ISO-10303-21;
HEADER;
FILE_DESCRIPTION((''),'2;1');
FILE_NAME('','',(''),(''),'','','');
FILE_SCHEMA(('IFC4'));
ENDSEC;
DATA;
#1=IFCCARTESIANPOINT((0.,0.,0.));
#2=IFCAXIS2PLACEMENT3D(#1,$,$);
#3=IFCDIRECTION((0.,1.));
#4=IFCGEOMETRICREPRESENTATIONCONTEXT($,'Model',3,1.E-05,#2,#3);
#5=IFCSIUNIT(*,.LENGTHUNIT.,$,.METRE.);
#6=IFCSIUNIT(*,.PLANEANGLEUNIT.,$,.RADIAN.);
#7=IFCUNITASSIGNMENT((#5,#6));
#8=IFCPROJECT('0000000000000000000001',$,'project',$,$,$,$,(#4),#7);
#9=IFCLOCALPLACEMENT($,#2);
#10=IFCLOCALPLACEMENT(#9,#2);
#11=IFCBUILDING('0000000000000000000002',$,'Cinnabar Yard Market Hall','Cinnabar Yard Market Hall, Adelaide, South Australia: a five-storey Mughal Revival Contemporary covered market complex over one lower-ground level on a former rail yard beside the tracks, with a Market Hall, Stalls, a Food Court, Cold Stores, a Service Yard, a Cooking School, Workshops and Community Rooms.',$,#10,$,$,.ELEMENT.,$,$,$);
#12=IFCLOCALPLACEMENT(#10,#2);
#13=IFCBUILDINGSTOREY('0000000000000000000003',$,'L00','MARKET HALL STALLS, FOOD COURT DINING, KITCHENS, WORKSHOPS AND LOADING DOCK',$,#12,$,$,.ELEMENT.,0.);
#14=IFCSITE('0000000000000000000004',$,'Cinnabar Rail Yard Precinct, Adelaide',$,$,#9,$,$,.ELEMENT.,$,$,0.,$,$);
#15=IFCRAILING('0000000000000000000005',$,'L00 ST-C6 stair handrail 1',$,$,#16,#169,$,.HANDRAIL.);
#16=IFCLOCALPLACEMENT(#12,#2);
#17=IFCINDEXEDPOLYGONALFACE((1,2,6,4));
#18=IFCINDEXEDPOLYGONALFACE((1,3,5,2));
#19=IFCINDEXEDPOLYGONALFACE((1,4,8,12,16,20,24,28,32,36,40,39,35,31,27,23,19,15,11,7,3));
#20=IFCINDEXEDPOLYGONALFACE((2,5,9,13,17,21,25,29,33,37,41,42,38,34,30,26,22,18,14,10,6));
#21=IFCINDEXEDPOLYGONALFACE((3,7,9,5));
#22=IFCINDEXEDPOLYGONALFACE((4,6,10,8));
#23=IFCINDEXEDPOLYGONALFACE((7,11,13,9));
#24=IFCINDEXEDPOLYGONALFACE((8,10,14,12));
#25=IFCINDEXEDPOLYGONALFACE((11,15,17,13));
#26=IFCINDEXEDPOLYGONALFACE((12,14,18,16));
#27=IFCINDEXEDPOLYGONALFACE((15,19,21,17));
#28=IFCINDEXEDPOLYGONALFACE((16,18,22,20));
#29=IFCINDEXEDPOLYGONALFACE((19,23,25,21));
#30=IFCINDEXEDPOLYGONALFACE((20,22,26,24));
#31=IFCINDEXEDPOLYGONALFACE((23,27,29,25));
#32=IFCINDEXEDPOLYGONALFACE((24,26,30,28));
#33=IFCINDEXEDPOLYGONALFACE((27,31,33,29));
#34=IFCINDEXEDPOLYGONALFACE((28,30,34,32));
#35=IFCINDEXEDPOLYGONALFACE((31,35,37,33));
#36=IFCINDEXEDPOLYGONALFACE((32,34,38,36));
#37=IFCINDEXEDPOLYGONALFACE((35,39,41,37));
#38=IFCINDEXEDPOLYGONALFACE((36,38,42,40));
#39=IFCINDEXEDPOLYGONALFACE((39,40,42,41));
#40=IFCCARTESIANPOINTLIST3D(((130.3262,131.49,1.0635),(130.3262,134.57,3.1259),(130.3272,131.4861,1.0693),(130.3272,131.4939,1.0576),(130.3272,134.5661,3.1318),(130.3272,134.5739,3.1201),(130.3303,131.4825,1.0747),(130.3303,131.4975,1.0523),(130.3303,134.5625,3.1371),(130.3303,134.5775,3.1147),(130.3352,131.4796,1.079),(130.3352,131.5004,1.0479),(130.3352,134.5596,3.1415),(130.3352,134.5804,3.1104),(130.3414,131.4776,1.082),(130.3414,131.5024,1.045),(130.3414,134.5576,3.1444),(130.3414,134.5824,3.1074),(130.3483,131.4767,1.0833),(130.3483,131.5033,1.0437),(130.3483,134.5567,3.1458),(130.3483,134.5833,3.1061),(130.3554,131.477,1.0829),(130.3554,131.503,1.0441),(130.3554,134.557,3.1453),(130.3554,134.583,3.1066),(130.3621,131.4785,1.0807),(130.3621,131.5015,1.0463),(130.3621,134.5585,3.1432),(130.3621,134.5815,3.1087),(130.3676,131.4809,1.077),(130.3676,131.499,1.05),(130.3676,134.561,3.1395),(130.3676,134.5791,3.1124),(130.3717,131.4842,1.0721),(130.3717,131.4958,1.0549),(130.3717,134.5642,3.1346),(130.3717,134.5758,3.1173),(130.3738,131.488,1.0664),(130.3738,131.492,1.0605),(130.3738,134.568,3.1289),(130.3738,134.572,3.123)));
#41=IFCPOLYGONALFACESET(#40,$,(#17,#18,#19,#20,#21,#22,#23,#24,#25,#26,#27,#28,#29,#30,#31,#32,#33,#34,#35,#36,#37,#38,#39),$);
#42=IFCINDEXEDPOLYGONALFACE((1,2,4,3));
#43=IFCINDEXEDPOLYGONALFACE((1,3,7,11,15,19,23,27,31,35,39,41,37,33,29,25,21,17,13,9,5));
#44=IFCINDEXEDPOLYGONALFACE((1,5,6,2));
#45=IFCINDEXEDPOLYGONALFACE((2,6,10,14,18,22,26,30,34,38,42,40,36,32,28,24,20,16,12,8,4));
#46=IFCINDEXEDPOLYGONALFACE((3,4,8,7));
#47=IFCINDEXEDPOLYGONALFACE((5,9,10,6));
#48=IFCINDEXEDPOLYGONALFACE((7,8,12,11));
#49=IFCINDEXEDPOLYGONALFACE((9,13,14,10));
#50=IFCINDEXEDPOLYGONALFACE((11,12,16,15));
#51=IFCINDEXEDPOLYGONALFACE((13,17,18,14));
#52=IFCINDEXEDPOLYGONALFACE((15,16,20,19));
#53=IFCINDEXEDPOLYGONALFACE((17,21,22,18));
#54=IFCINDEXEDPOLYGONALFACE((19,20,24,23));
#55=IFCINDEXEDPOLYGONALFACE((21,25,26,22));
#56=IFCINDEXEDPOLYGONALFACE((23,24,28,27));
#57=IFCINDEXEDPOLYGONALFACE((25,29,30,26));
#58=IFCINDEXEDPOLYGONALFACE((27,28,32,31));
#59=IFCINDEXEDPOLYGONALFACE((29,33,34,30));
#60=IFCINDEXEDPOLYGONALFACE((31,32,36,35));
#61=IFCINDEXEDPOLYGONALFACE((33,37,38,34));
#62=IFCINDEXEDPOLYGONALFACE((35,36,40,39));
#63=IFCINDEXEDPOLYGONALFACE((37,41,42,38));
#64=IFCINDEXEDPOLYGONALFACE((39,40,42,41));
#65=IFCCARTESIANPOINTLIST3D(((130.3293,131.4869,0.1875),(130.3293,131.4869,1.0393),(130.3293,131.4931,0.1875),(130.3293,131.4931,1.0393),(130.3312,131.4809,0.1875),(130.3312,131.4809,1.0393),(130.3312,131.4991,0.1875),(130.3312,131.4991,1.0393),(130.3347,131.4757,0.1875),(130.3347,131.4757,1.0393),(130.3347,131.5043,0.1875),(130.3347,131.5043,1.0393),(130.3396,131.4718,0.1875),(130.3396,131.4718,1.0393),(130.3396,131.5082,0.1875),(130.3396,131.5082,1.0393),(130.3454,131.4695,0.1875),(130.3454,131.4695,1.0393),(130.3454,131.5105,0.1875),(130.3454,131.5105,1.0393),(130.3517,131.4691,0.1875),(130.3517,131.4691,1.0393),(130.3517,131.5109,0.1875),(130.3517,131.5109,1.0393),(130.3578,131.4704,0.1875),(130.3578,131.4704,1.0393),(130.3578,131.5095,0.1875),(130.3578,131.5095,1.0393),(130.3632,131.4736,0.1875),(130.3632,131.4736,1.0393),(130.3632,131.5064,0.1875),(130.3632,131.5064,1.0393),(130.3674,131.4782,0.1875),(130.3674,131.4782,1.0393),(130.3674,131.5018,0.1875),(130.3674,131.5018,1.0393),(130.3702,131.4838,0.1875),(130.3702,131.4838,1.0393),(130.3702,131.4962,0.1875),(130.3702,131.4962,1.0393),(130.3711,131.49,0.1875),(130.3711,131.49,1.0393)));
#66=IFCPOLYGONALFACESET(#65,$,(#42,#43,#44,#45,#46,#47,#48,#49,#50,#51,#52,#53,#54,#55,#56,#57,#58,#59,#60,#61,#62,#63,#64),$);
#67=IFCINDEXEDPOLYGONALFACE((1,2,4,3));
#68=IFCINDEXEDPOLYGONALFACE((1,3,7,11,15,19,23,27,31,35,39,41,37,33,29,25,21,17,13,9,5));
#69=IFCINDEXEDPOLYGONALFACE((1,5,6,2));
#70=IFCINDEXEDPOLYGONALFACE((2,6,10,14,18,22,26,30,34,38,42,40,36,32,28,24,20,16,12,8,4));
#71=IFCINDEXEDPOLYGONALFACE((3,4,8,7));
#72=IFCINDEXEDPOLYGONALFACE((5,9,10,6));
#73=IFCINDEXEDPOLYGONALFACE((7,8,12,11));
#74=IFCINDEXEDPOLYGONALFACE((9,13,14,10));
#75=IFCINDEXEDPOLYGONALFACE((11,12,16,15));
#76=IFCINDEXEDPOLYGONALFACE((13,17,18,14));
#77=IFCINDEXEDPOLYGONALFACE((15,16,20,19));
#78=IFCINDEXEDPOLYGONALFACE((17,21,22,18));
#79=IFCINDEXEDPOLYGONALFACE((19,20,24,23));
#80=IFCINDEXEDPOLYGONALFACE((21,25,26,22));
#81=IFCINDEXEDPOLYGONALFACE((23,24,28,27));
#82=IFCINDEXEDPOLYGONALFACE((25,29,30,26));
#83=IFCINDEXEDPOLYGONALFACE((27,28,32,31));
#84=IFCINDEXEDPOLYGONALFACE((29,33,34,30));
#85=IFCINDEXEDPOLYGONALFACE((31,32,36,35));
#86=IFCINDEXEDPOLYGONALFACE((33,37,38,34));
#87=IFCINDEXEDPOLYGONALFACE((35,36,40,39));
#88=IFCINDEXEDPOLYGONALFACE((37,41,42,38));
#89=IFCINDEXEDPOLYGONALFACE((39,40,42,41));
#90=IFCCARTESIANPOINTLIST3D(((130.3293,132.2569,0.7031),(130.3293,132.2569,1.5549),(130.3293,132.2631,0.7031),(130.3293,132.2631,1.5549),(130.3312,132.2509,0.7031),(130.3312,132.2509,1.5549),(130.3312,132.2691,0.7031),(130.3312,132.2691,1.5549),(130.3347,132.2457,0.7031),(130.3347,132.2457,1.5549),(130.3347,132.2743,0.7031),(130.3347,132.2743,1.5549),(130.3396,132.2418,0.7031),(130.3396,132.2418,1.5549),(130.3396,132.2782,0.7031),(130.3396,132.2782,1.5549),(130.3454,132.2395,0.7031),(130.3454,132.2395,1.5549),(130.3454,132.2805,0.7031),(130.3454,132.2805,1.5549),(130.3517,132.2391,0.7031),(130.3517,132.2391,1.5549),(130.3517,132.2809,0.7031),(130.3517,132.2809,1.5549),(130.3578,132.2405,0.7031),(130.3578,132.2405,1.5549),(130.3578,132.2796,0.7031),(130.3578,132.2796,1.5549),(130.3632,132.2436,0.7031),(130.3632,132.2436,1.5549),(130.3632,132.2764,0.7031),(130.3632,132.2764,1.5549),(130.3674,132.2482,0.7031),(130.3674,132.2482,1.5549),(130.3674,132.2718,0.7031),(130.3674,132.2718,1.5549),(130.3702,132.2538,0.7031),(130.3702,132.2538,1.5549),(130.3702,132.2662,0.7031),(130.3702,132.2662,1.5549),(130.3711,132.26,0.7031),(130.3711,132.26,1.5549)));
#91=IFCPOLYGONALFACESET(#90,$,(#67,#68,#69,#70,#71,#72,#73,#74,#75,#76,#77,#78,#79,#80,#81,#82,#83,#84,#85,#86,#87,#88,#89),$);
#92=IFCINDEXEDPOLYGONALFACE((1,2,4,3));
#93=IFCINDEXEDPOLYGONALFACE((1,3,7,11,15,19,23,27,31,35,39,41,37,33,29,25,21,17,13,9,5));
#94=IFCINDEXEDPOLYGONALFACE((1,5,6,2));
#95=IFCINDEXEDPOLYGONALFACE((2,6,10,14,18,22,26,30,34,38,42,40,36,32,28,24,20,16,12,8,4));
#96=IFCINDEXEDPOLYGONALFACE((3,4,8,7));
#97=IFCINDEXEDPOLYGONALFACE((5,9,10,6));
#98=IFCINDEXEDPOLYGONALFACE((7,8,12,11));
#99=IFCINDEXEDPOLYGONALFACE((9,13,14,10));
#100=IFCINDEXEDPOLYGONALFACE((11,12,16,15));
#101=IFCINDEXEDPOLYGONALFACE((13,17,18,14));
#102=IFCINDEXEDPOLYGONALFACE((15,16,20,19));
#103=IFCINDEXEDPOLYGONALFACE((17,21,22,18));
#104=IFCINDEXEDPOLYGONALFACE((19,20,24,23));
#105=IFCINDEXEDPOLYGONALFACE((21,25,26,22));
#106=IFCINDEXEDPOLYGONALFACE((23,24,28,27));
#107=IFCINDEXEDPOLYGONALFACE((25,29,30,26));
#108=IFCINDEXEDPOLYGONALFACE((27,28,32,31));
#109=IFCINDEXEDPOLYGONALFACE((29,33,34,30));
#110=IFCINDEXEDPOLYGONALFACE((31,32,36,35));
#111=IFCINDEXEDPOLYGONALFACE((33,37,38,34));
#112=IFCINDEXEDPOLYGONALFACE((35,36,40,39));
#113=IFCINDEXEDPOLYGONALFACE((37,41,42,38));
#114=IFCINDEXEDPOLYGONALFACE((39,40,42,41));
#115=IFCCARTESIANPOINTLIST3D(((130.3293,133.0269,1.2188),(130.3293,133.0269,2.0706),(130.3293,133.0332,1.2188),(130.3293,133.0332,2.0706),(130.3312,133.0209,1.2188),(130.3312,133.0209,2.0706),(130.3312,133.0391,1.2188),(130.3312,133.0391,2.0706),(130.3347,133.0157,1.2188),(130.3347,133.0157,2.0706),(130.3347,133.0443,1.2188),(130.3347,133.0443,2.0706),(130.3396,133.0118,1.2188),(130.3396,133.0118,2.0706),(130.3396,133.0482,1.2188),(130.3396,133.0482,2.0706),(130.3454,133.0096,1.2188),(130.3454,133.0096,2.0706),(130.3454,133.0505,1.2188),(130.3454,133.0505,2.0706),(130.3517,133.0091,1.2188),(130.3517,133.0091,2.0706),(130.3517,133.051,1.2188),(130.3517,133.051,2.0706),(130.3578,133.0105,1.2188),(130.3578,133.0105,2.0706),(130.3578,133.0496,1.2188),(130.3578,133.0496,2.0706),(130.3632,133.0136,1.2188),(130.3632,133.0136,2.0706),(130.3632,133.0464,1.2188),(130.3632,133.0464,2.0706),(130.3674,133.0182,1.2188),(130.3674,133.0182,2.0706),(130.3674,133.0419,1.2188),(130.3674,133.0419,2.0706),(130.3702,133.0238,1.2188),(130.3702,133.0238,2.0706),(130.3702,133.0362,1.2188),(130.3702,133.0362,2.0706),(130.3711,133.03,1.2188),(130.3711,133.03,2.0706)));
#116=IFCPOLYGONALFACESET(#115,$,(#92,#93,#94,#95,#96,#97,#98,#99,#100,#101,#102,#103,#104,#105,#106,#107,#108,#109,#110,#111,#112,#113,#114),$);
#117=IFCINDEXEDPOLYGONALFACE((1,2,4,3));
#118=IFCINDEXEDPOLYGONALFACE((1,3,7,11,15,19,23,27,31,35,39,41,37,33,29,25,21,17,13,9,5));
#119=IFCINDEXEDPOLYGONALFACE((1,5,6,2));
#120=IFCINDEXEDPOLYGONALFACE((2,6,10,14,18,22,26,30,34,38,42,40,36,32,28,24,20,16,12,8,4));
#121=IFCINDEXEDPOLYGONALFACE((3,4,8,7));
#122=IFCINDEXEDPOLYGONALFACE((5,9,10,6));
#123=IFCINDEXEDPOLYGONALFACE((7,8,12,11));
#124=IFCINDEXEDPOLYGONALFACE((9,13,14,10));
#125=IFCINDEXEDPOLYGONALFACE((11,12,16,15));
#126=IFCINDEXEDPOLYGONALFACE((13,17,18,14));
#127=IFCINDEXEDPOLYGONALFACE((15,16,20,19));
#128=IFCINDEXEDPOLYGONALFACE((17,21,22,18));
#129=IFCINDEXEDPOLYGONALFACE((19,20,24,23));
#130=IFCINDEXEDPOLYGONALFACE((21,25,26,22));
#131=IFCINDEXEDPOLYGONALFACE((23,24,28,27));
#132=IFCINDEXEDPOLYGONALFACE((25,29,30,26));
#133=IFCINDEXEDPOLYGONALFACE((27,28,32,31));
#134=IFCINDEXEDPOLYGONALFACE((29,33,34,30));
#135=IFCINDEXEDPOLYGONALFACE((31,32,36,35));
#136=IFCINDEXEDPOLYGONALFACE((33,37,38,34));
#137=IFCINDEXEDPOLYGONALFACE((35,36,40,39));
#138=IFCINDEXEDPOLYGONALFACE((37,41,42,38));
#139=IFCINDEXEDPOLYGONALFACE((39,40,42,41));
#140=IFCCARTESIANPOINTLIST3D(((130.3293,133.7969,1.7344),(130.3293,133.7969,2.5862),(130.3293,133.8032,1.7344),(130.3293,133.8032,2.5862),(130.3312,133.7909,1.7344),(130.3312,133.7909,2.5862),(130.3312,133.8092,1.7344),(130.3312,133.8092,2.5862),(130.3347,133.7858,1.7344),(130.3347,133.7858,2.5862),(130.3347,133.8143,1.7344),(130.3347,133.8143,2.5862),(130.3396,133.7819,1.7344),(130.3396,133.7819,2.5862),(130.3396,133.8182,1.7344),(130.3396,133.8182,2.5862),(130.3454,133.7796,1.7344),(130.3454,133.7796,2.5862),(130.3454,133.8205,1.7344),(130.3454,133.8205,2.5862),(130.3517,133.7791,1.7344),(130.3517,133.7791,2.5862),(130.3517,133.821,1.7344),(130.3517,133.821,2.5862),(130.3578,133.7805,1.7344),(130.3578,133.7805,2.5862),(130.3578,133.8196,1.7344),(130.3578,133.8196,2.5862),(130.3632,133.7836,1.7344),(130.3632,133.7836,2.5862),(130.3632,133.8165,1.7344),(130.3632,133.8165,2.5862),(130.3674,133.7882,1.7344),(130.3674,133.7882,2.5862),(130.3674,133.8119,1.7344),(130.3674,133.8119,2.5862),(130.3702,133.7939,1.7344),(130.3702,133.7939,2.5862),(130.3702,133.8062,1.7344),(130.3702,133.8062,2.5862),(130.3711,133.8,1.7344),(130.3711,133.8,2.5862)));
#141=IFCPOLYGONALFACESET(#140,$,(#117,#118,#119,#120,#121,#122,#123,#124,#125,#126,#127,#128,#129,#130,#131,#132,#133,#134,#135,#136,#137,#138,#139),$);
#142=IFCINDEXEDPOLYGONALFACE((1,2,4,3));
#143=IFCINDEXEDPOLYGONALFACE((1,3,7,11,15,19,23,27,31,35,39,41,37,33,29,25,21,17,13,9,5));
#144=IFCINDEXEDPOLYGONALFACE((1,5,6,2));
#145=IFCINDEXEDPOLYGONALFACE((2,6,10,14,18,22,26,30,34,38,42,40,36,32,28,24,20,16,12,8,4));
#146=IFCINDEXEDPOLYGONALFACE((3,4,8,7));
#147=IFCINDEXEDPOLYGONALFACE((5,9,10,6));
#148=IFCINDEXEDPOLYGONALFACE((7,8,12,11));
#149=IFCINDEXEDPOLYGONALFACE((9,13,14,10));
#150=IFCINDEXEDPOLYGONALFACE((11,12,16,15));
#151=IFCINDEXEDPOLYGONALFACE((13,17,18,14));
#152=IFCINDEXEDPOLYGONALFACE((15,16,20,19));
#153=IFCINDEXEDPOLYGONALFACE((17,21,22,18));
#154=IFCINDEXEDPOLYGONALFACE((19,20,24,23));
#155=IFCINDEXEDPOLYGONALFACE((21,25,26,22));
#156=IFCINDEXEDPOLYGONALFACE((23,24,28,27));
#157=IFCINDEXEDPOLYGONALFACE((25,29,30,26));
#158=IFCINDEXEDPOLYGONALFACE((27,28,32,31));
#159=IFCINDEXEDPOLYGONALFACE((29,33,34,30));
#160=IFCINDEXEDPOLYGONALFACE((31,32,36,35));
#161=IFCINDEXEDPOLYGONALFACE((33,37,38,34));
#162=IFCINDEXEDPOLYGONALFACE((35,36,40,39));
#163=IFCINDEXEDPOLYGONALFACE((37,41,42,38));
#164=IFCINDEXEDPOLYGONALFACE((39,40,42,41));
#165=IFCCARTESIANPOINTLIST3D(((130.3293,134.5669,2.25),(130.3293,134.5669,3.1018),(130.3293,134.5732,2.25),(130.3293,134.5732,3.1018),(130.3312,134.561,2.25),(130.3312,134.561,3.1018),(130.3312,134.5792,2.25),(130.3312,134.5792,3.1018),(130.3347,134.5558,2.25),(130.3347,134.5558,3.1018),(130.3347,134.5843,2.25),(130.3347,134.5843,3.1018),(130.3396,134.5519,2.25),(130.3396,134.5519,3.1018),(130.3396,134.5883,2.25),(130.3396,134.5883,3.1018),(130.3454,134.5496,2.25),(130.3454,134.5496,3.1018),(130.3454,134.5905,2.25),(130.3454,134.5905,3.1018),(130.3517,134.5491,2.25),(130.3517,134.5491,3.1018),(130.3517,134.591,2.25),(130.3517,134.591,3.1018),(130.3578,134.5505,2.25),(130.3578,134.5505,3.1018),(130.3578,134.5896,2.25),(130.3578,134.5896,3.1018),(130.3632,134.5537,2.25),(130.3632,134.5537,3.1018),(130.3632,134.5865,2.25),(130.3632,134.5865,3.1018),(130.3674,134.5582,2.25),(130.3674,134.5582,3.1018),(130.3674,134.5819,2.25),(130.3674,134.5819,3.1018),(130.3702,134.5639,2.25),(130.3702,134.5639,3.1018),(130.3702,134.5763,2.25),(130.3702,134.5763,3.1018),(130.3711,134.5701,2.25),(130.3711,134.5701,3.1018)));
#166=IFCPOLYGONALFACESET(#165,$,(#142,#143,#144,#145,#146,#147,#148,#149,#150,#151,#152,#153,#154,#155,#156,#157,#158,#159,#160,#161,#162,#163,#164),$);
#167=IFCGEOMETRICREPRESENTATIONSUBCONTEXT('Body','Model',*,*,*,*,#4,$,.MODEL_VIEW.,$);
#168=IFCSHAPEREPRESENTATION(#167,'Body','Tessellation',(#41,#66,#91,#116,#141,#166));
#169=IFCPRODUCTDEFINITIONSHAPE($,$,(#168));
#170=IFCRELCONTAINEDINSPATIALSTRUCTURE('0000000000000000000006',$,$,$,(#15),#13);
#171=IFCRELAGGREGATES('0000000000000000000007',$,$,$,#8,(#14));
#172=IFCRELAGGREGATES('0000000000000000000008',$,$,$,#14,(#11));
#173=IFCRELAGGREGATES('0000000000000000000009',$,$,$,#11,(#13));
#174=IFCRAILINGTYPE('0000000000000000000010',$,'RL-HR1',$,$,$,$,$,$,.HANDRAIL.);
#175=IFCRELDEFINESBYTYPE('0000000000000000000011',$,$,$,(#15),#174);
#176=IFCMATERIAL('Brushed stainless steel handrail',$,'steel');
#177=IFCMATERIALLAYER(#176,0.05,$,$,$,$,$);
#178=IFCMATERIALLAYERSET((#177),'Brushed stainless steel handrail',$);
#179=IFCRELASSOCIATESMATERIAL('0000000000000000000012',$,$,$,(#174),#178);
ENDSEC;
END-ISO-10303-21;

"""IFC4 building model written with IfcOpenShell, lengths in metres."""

from ifc_helpers import new_model, si_unit, direction, frame, origin, origin_2d_with_axis, place, context, subcontext, project, spatial, circle, extrude, material, layer, layer_set, type_object, element, save


model = new_model("IFC4")

# Units and contexts
model_context = context("Model", 3, precision=1e-05, world=origin(), true_north=direction((0.0, 1.0)))
body_context = subcontext(model_context, "Body", "Model", "MODEL_VIEW")
ifc_project = project(units=[si_unit("LENGTHUNIT", "METRE"), si_unit("PLANEANGLEUNIT", "RADIAN")], contexts=[model_context])

# Site, building, storey
site_placement = place(None, origin())
site = spatial("IfcSite", under=ifc_project, at=site_placement, Name="Cinnabar Rail Yard Precinct, Adelaide", CompositionType="ELEMENT", RefElevation=0.0)
building_placement = place(site_placement, origin())
building = spatial("IfcBuilding", under=site, at=building_placement, Name="Cinnabar Yard Market Hall", Description="Cinnabar Yard Market Hall, Adelaide, South Australia: a five-storey Mughal Revival Contemporary covered market complex over one lower-ground level on a former rail yard beside the tracks, with a Market Hall, Stalls, a Food Court, Cold Stores, a Service Yard, a Cooking School, Workshops and Community Rooms.", CompositionType="ELEMENT")
storey_placement = place(building_placement, origin())
storey = spatial("IfcBuildingStorey", under=building, at=storey_placement, Name="L00", Description="MARKET HALL STALLS, FOOD COURT DINING, KITCHENS, WORKSHOPS AND LOADING DOCK", CompositionType="ELEMENT", Elevation=0.0)

# Railing
ifc_material_1 = material(Name="Brushed stainless steel handrail", Category="steel")
ifc_layer_1 = layer(ifc_material_1, 0.05)
ifc_layer_set_1 = layer_set([ifc_layer_1], Name="Brushed stainless steel handrail")
railing_type_1 = type_object("IfcRailingType", Name="RL-HR1", PredefinedType="HANDRAIL", material=ifc_layer_set_1)
railing_1_placement = place(storey_placement, frame((130.3501, 131.49, 0.1875)))
element("IfcRailing", 1, at=railing_1_placement, inside=storey, type_object=railing_type_1, Name="L00 ST-C6 stair handrail 1", PredefinedType="HANDRAIL", context=body_context, shape_type="SweptSolid", body=[
    extrude(circle(Radius=0.0239, at=origin_2d_with_axis()), frame((0.0, 0.0, 0.876), z_axis=(0.0, 0.830914, 0.556401), x_axis=(-1.0, 0.0, 0.0)), (0.0, 0.0, 1.0), 3.7068),
    extrude(circle(Radius=0.021, at=origin_2d_with_axis()), origin(), (0.0, 0.0, 1.0), 0.8518),
    extrude(circle(Radius=0.021, at=origin_2d_with_axis()), frame((0.0, 0.77, 0.5156)), (0.0, 0.0, 1.0), 0.8518),
    extrude(circle(Radius=0.021, at=origin_2d_with_axis()), frame((0.0, 1.54, 1.0312)), (0.0, 0.0, 1.0), 0.8518),
    extrude(circle(Radius=0.021, at=origin_2d_with_axis()), frame((0.0, 2.3101, 1.5469)), (0.0, 0.0, 1.0), 0.8518),
    extrude(circle(Radius=0.021, at=origin_2d_with_axis()), frame((0.0, 3.0801, 2.0625)), (0.0, 0.0, 1.0), 0.8518),
])

save(model, "model.ifc")
